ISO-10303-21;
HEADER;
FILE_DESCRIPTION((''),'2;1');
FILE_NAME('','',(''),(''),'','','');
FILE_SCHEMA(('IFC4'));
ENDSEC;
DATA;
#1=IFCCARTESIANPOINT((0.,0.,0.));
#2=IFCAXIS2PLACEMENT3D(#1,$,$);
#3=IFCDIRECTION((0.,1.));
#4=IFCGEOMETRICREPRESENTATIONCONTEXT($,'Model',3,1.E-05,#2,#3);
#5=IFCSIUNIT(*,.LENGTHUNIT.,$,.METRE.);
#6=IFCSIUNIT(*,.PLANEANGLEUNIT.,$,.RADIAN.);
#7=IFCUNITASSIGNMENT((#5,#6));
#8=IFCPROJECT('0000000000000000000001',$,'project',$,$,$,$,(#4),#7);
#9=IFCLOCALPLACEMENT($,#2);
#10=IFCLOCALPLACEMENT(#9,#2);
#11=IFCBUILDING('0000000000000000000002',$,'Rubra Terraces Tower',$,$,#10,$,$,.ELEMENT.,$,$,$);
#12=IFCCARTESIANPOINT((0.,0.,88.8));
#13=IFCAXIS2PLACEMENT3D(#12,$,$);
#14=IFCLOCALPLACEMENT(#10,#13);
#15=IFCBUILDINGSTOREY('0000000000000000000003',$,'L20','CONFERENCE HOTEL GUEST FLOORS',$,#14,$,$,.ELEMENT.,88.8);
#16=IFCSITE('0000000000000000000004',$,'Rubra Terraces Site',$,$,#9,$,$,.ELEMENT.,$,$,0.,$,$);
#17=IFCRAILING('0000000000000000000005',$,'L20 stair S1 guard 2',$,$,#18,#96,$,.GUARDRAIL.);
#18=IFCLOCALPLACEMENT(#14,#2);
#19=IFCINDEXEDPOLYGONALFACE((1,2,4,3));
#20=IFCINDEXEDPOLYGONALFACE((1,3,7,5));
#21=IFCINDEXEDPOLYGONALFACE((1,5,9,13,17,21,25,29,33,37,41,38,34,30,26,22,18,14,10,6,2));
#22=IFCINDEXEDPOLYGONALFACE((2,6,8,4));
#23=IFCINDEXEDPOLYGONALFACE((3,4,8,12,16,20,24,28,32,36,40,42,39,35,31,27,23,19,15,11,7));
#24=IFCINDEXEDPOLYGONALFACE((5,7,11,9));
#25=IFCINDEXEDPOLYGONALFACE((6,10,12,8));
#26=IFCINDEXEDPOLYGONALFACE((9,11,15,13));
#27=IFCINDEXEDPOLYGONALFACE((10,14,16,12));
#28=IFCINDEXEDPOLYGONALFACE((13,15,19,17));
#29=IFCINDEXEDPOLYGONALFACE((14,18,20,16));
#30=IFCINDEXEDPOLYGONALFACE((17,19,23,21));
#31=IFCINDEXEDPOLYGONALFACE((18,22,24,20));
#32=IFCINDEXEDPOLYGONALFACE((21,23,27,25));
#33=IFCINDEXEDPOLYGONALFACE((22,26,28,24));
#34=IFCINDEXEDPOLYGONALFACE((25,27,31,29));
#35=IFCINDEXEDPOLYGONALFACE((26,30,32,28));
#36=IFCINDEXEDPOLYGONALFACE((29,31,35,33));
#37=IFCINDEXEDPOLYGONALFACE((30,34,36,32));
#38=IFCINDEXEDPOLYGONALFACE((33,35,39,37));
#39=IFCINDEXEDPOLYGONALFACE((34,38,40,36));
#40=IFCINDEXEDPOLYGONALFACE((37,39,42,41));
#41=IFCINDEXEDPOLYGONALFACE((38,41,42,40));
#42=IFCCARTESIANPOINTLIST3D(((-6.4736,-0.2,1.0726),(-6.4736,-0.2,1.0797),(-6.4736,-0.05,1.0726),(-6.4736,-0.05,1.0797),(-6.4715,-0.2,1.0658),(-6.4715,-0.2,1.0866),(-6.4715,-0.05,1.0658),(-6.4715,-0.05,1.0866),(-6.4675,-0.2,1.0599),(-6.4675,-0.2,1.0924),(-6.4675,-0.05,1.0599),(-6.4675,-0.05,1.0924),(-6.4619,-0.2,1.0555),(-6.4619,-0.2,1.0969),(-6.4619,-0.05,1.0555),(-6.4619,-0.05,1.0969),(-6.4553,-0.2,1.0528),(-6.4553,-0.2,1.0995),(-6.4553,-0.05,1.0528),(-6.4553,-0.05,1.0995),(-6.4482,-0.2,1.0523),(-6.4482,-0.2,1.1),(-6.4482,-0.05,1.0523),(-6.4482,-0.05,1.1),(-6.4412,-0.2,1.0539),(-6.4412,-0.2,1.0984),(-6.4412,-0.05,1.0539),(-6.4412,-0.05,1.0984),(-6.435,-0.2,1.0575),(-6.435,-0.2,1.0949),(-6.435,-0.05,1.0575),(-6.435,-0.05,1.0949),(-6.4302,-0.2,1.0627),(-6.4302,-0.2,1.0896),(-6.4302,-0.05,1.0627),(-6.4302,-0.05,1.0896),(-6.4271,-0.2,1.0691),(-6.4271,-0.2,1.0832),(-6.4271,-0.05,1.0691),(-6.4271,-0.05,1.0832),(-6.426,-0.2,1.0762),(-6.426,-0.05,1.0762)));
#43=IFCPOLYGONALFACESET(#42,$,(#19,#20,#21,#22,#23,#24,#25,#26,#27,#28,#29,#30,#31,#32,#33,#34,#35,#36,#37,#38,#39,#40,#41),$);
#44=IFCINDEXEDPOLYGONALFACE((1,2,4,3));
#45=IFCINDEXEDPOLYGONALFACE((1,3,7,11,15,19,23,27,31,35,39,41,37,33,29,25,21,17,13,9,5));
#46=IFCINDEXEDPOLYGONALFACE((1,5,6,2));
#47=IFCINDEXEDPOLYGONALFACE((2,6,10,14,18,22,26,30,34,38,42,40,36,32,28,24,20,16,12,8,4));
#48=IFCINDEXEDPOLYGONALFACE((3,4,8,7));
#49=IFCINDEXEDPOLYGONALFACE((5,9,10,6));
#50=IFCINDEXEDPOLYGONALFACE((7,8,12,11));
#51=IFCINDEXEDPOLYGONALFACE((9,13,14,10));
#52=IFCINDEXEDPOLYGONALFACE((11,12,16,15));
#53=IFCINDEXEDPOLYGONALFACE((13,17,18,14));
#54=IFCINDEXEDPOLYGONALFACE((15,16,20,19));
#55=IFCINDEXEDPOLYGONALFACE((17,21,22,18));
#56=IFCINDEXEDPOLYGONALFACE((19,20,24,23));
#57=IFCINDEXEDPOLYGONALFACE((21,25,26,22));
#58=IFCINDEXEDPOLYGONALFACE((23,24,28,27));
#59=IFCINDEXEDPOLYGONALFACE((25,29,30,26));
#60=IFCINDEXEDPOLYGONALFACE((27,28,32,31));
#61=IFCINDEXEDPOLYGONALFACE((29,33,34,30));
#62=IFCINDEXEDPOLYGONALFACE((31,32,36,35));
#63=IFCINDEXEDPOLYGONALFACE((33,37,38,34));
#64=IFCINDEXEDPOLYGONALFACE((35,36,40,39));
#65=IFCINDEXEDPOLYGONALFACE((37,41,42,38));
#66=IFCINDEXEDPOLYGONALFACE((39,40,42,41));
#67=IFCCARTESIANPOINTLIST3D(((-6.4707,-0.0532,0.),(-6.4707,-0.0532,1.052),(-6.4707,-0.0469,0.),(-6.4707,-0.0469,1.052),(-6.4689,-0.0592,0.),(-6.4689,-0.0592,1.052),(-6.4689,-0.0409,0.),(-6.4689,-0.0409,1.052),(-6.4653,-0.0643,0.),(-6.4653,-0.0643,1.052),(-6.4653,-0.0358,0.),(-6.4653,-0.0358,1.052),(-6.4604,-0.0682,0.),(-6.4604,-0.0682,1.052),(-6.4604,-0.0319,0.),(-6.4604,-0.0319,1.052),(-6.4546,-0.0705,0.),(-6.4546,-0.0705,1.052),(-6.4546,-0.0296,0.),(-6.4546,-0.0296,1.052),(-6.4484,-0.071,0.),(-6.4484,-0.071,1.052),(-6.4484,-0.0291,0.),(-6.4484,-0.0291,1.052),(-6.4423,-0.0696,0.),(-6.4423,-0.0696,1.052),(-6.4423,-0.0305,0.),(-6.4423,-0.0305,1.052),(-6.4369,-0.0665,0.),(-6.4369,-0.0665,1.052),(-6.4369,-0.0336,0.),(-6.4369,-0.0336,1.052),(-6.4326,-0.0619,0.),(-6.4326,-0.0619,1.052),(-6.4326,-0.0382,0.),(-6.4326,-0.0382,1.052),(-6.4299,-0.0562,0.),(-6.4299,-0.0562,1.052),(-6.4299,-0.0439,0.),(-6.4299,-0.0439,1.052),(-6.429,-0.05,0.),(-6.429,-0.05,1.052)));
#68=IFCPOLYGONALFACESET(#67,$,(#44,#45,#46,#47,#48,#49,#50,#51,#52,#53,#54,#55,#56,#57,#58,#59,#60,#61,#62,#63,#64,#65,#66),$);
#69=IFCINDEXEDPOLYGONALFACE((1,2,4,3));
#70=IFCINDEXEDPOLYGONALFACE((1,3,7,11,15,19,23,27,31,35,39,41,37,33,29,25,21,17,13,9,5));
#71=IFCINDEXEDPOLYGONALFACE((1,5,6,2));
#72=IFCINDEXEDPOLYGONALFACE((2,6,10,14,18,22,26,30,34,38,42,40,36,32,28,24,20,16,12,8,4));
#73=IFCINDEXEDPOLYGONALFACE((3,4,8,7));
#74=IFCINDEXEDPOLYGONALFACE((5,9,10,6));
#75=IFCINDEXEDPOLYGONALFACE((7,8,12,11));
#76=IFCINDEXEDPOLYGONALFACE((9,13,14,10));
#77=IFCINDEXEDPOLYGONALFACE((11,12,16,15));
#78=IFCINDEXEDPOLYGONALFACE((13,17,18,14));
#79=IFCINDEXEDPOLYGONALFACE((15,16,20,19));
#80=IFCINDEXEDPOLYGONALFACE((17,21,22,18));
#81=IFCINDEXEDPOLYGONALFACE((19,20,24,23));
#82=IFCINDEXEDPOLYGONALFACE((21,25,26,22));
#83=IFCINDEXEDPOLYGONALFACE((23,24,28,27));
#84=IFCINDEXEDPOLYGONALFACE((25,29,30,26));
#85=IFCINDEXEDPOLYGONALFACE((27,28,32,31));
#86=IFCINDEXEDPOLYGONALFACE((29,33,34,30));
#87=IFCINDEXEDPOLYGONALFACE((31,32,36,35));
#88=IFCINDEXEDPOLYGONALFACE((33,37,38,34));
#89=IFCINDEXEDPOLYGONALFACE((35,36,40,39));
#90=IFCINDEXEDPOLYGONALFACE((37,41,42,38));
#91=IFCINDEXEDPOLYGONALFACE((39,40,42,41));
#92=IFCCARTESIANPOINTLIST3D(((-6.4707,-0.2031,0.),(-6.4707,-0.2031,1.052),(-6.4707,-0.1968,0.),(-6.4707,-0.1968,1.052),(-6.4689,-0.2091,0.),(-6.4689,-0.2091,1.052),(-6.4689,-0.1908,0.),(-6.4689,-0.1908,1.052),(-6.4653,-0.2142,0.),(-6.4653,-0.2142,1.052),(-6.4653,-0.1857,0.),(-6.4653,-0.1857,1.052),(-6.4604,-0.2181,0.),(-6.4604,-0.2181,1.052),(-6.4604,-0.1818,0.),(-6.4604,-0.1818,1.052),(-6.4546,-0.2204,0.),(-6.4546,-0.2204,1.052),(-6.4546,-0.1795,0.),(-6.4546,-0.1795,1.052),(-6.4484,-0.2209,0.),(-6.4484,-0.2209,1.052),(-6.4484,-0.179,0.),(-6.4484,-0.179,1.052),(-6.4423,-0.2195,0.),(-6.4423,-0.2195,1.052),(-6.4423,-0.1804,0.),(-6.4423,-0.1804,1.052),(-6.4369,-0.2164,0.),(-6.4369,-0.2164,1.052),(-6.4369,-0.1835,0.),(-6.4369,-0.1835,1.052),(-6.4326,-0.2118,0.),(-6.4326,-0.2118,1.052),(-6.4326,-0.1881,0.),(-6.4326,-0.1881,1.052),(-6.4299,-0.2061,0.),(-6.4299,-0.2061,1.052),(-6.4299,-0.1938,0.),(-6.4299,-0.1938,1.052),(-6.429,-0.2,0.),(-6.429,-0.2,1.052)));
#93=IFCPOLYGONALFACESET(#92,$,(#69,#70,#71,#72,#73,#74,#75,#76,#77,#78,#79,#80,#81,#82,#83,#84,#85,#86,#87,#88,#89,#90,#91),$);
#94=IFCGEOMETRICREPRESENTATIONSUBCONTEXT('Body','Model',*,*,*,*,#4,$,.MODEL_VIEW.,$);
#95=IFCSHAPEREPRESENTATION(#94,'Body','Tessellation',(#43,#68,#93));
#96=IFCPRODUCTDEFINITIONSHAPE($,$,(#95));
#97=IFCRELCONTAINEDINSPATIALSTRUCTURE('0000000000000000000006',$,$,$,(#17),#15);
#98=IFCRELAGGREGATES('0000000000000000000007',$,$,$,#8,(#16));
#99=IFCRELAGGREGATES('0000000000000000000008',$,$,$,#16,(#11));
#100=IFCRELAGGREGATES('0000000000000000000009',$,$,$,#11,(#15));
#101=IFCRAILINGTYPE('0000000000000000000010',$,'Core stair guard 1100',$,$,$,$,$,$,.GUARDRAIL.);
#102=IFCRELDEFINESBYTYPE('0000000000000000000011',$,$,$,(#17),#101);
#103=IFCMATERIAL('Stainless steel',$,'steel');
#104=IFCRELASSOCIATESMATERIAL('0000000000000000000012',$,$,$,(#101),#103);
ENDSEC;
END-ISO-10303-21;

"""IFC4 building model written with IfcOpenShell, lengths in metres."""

from ifc_helpers import new_model, si_unit, direction, frame, origin, origin_2d, place, context, subcontext, project, spatial, circle, extrude, material, type_object, element, save


model = new_model("IFC4")

# Units and contexts
model_context = context("Model", 3, precision=1e-05, world=origin(), true_north=direction((0.0, 1.0)))
body_context = subcontext(model_context, "Body", "Model", "MODEL_VIEW")
ifc_project = project(units=[si_unit("LENGTHUNIT", "METRE"), si_unit("PLANEANGLEUNIT", "RADIAN")], contexts=[model_context])

# Site, building, storey
site_placement = place(None, origin())
site = spatial("IfcSite", under=ifc_project, at=site_placement, Name="Rubra Terraces Site", CompositionType="ELEMENT", RefElevation=0.0)
building_placement = place(site_placement, origin())
building = spatial("IfcBuilding", under=site, at=building_placement, Name="Rubra Terraces Tower", CompositionType="ELEMENT")
storey_placement = place(building_placement, frame((0.0, 0.0, 88.8)))
storey = spatial("IfcBuildingStorey", under=building, at=storey_placement, Name="L20", Description="CONFERENCE HOTEL GUEST FLOORS", CompositionType="ELEMENT", Elevation=88.8)

# Railing
ifc_material_1 = material(Name="Stainless steel", Category="steel")
railing_type = type_object("IfcRailingType", Name="Core stair guard 1100", PredefinedType="GUARDRAIL", material=ifc_material_1)
railing_1_placement = place(storey_placement, frame((-6.45, -0.05, 0.0)))
element("IfcRailing", 1, at=railing_1_placement, inside=storey, type_object=railing_type, Name="L20 stair S1 guard 2", PredefinedType="GUARDRAIL", context=body_context, shape_type="SweptSolid", body=[
    extrude(circle(Radius=0.0239, at=origin_2d()), frame((0.0, 0.0, 1.0762), z_axis=(0.0, -1.0, 0.0), x_axis=(1.0, 0.0, 0.0)), (0.0, 0.0, 1.0), 0.1499),
    extrude(circle(Radius=0.021, at=origin_2d()), origin(), (0.0, 0.0, 1.0), 1.052),
    extrude(circle(Radius=0.021, at=origin_2d()), frame((0.0, -0.1499, 0.0)), (0.0, 0.0, 1.0), 1.052),
])

save(model, "model.ifc")
